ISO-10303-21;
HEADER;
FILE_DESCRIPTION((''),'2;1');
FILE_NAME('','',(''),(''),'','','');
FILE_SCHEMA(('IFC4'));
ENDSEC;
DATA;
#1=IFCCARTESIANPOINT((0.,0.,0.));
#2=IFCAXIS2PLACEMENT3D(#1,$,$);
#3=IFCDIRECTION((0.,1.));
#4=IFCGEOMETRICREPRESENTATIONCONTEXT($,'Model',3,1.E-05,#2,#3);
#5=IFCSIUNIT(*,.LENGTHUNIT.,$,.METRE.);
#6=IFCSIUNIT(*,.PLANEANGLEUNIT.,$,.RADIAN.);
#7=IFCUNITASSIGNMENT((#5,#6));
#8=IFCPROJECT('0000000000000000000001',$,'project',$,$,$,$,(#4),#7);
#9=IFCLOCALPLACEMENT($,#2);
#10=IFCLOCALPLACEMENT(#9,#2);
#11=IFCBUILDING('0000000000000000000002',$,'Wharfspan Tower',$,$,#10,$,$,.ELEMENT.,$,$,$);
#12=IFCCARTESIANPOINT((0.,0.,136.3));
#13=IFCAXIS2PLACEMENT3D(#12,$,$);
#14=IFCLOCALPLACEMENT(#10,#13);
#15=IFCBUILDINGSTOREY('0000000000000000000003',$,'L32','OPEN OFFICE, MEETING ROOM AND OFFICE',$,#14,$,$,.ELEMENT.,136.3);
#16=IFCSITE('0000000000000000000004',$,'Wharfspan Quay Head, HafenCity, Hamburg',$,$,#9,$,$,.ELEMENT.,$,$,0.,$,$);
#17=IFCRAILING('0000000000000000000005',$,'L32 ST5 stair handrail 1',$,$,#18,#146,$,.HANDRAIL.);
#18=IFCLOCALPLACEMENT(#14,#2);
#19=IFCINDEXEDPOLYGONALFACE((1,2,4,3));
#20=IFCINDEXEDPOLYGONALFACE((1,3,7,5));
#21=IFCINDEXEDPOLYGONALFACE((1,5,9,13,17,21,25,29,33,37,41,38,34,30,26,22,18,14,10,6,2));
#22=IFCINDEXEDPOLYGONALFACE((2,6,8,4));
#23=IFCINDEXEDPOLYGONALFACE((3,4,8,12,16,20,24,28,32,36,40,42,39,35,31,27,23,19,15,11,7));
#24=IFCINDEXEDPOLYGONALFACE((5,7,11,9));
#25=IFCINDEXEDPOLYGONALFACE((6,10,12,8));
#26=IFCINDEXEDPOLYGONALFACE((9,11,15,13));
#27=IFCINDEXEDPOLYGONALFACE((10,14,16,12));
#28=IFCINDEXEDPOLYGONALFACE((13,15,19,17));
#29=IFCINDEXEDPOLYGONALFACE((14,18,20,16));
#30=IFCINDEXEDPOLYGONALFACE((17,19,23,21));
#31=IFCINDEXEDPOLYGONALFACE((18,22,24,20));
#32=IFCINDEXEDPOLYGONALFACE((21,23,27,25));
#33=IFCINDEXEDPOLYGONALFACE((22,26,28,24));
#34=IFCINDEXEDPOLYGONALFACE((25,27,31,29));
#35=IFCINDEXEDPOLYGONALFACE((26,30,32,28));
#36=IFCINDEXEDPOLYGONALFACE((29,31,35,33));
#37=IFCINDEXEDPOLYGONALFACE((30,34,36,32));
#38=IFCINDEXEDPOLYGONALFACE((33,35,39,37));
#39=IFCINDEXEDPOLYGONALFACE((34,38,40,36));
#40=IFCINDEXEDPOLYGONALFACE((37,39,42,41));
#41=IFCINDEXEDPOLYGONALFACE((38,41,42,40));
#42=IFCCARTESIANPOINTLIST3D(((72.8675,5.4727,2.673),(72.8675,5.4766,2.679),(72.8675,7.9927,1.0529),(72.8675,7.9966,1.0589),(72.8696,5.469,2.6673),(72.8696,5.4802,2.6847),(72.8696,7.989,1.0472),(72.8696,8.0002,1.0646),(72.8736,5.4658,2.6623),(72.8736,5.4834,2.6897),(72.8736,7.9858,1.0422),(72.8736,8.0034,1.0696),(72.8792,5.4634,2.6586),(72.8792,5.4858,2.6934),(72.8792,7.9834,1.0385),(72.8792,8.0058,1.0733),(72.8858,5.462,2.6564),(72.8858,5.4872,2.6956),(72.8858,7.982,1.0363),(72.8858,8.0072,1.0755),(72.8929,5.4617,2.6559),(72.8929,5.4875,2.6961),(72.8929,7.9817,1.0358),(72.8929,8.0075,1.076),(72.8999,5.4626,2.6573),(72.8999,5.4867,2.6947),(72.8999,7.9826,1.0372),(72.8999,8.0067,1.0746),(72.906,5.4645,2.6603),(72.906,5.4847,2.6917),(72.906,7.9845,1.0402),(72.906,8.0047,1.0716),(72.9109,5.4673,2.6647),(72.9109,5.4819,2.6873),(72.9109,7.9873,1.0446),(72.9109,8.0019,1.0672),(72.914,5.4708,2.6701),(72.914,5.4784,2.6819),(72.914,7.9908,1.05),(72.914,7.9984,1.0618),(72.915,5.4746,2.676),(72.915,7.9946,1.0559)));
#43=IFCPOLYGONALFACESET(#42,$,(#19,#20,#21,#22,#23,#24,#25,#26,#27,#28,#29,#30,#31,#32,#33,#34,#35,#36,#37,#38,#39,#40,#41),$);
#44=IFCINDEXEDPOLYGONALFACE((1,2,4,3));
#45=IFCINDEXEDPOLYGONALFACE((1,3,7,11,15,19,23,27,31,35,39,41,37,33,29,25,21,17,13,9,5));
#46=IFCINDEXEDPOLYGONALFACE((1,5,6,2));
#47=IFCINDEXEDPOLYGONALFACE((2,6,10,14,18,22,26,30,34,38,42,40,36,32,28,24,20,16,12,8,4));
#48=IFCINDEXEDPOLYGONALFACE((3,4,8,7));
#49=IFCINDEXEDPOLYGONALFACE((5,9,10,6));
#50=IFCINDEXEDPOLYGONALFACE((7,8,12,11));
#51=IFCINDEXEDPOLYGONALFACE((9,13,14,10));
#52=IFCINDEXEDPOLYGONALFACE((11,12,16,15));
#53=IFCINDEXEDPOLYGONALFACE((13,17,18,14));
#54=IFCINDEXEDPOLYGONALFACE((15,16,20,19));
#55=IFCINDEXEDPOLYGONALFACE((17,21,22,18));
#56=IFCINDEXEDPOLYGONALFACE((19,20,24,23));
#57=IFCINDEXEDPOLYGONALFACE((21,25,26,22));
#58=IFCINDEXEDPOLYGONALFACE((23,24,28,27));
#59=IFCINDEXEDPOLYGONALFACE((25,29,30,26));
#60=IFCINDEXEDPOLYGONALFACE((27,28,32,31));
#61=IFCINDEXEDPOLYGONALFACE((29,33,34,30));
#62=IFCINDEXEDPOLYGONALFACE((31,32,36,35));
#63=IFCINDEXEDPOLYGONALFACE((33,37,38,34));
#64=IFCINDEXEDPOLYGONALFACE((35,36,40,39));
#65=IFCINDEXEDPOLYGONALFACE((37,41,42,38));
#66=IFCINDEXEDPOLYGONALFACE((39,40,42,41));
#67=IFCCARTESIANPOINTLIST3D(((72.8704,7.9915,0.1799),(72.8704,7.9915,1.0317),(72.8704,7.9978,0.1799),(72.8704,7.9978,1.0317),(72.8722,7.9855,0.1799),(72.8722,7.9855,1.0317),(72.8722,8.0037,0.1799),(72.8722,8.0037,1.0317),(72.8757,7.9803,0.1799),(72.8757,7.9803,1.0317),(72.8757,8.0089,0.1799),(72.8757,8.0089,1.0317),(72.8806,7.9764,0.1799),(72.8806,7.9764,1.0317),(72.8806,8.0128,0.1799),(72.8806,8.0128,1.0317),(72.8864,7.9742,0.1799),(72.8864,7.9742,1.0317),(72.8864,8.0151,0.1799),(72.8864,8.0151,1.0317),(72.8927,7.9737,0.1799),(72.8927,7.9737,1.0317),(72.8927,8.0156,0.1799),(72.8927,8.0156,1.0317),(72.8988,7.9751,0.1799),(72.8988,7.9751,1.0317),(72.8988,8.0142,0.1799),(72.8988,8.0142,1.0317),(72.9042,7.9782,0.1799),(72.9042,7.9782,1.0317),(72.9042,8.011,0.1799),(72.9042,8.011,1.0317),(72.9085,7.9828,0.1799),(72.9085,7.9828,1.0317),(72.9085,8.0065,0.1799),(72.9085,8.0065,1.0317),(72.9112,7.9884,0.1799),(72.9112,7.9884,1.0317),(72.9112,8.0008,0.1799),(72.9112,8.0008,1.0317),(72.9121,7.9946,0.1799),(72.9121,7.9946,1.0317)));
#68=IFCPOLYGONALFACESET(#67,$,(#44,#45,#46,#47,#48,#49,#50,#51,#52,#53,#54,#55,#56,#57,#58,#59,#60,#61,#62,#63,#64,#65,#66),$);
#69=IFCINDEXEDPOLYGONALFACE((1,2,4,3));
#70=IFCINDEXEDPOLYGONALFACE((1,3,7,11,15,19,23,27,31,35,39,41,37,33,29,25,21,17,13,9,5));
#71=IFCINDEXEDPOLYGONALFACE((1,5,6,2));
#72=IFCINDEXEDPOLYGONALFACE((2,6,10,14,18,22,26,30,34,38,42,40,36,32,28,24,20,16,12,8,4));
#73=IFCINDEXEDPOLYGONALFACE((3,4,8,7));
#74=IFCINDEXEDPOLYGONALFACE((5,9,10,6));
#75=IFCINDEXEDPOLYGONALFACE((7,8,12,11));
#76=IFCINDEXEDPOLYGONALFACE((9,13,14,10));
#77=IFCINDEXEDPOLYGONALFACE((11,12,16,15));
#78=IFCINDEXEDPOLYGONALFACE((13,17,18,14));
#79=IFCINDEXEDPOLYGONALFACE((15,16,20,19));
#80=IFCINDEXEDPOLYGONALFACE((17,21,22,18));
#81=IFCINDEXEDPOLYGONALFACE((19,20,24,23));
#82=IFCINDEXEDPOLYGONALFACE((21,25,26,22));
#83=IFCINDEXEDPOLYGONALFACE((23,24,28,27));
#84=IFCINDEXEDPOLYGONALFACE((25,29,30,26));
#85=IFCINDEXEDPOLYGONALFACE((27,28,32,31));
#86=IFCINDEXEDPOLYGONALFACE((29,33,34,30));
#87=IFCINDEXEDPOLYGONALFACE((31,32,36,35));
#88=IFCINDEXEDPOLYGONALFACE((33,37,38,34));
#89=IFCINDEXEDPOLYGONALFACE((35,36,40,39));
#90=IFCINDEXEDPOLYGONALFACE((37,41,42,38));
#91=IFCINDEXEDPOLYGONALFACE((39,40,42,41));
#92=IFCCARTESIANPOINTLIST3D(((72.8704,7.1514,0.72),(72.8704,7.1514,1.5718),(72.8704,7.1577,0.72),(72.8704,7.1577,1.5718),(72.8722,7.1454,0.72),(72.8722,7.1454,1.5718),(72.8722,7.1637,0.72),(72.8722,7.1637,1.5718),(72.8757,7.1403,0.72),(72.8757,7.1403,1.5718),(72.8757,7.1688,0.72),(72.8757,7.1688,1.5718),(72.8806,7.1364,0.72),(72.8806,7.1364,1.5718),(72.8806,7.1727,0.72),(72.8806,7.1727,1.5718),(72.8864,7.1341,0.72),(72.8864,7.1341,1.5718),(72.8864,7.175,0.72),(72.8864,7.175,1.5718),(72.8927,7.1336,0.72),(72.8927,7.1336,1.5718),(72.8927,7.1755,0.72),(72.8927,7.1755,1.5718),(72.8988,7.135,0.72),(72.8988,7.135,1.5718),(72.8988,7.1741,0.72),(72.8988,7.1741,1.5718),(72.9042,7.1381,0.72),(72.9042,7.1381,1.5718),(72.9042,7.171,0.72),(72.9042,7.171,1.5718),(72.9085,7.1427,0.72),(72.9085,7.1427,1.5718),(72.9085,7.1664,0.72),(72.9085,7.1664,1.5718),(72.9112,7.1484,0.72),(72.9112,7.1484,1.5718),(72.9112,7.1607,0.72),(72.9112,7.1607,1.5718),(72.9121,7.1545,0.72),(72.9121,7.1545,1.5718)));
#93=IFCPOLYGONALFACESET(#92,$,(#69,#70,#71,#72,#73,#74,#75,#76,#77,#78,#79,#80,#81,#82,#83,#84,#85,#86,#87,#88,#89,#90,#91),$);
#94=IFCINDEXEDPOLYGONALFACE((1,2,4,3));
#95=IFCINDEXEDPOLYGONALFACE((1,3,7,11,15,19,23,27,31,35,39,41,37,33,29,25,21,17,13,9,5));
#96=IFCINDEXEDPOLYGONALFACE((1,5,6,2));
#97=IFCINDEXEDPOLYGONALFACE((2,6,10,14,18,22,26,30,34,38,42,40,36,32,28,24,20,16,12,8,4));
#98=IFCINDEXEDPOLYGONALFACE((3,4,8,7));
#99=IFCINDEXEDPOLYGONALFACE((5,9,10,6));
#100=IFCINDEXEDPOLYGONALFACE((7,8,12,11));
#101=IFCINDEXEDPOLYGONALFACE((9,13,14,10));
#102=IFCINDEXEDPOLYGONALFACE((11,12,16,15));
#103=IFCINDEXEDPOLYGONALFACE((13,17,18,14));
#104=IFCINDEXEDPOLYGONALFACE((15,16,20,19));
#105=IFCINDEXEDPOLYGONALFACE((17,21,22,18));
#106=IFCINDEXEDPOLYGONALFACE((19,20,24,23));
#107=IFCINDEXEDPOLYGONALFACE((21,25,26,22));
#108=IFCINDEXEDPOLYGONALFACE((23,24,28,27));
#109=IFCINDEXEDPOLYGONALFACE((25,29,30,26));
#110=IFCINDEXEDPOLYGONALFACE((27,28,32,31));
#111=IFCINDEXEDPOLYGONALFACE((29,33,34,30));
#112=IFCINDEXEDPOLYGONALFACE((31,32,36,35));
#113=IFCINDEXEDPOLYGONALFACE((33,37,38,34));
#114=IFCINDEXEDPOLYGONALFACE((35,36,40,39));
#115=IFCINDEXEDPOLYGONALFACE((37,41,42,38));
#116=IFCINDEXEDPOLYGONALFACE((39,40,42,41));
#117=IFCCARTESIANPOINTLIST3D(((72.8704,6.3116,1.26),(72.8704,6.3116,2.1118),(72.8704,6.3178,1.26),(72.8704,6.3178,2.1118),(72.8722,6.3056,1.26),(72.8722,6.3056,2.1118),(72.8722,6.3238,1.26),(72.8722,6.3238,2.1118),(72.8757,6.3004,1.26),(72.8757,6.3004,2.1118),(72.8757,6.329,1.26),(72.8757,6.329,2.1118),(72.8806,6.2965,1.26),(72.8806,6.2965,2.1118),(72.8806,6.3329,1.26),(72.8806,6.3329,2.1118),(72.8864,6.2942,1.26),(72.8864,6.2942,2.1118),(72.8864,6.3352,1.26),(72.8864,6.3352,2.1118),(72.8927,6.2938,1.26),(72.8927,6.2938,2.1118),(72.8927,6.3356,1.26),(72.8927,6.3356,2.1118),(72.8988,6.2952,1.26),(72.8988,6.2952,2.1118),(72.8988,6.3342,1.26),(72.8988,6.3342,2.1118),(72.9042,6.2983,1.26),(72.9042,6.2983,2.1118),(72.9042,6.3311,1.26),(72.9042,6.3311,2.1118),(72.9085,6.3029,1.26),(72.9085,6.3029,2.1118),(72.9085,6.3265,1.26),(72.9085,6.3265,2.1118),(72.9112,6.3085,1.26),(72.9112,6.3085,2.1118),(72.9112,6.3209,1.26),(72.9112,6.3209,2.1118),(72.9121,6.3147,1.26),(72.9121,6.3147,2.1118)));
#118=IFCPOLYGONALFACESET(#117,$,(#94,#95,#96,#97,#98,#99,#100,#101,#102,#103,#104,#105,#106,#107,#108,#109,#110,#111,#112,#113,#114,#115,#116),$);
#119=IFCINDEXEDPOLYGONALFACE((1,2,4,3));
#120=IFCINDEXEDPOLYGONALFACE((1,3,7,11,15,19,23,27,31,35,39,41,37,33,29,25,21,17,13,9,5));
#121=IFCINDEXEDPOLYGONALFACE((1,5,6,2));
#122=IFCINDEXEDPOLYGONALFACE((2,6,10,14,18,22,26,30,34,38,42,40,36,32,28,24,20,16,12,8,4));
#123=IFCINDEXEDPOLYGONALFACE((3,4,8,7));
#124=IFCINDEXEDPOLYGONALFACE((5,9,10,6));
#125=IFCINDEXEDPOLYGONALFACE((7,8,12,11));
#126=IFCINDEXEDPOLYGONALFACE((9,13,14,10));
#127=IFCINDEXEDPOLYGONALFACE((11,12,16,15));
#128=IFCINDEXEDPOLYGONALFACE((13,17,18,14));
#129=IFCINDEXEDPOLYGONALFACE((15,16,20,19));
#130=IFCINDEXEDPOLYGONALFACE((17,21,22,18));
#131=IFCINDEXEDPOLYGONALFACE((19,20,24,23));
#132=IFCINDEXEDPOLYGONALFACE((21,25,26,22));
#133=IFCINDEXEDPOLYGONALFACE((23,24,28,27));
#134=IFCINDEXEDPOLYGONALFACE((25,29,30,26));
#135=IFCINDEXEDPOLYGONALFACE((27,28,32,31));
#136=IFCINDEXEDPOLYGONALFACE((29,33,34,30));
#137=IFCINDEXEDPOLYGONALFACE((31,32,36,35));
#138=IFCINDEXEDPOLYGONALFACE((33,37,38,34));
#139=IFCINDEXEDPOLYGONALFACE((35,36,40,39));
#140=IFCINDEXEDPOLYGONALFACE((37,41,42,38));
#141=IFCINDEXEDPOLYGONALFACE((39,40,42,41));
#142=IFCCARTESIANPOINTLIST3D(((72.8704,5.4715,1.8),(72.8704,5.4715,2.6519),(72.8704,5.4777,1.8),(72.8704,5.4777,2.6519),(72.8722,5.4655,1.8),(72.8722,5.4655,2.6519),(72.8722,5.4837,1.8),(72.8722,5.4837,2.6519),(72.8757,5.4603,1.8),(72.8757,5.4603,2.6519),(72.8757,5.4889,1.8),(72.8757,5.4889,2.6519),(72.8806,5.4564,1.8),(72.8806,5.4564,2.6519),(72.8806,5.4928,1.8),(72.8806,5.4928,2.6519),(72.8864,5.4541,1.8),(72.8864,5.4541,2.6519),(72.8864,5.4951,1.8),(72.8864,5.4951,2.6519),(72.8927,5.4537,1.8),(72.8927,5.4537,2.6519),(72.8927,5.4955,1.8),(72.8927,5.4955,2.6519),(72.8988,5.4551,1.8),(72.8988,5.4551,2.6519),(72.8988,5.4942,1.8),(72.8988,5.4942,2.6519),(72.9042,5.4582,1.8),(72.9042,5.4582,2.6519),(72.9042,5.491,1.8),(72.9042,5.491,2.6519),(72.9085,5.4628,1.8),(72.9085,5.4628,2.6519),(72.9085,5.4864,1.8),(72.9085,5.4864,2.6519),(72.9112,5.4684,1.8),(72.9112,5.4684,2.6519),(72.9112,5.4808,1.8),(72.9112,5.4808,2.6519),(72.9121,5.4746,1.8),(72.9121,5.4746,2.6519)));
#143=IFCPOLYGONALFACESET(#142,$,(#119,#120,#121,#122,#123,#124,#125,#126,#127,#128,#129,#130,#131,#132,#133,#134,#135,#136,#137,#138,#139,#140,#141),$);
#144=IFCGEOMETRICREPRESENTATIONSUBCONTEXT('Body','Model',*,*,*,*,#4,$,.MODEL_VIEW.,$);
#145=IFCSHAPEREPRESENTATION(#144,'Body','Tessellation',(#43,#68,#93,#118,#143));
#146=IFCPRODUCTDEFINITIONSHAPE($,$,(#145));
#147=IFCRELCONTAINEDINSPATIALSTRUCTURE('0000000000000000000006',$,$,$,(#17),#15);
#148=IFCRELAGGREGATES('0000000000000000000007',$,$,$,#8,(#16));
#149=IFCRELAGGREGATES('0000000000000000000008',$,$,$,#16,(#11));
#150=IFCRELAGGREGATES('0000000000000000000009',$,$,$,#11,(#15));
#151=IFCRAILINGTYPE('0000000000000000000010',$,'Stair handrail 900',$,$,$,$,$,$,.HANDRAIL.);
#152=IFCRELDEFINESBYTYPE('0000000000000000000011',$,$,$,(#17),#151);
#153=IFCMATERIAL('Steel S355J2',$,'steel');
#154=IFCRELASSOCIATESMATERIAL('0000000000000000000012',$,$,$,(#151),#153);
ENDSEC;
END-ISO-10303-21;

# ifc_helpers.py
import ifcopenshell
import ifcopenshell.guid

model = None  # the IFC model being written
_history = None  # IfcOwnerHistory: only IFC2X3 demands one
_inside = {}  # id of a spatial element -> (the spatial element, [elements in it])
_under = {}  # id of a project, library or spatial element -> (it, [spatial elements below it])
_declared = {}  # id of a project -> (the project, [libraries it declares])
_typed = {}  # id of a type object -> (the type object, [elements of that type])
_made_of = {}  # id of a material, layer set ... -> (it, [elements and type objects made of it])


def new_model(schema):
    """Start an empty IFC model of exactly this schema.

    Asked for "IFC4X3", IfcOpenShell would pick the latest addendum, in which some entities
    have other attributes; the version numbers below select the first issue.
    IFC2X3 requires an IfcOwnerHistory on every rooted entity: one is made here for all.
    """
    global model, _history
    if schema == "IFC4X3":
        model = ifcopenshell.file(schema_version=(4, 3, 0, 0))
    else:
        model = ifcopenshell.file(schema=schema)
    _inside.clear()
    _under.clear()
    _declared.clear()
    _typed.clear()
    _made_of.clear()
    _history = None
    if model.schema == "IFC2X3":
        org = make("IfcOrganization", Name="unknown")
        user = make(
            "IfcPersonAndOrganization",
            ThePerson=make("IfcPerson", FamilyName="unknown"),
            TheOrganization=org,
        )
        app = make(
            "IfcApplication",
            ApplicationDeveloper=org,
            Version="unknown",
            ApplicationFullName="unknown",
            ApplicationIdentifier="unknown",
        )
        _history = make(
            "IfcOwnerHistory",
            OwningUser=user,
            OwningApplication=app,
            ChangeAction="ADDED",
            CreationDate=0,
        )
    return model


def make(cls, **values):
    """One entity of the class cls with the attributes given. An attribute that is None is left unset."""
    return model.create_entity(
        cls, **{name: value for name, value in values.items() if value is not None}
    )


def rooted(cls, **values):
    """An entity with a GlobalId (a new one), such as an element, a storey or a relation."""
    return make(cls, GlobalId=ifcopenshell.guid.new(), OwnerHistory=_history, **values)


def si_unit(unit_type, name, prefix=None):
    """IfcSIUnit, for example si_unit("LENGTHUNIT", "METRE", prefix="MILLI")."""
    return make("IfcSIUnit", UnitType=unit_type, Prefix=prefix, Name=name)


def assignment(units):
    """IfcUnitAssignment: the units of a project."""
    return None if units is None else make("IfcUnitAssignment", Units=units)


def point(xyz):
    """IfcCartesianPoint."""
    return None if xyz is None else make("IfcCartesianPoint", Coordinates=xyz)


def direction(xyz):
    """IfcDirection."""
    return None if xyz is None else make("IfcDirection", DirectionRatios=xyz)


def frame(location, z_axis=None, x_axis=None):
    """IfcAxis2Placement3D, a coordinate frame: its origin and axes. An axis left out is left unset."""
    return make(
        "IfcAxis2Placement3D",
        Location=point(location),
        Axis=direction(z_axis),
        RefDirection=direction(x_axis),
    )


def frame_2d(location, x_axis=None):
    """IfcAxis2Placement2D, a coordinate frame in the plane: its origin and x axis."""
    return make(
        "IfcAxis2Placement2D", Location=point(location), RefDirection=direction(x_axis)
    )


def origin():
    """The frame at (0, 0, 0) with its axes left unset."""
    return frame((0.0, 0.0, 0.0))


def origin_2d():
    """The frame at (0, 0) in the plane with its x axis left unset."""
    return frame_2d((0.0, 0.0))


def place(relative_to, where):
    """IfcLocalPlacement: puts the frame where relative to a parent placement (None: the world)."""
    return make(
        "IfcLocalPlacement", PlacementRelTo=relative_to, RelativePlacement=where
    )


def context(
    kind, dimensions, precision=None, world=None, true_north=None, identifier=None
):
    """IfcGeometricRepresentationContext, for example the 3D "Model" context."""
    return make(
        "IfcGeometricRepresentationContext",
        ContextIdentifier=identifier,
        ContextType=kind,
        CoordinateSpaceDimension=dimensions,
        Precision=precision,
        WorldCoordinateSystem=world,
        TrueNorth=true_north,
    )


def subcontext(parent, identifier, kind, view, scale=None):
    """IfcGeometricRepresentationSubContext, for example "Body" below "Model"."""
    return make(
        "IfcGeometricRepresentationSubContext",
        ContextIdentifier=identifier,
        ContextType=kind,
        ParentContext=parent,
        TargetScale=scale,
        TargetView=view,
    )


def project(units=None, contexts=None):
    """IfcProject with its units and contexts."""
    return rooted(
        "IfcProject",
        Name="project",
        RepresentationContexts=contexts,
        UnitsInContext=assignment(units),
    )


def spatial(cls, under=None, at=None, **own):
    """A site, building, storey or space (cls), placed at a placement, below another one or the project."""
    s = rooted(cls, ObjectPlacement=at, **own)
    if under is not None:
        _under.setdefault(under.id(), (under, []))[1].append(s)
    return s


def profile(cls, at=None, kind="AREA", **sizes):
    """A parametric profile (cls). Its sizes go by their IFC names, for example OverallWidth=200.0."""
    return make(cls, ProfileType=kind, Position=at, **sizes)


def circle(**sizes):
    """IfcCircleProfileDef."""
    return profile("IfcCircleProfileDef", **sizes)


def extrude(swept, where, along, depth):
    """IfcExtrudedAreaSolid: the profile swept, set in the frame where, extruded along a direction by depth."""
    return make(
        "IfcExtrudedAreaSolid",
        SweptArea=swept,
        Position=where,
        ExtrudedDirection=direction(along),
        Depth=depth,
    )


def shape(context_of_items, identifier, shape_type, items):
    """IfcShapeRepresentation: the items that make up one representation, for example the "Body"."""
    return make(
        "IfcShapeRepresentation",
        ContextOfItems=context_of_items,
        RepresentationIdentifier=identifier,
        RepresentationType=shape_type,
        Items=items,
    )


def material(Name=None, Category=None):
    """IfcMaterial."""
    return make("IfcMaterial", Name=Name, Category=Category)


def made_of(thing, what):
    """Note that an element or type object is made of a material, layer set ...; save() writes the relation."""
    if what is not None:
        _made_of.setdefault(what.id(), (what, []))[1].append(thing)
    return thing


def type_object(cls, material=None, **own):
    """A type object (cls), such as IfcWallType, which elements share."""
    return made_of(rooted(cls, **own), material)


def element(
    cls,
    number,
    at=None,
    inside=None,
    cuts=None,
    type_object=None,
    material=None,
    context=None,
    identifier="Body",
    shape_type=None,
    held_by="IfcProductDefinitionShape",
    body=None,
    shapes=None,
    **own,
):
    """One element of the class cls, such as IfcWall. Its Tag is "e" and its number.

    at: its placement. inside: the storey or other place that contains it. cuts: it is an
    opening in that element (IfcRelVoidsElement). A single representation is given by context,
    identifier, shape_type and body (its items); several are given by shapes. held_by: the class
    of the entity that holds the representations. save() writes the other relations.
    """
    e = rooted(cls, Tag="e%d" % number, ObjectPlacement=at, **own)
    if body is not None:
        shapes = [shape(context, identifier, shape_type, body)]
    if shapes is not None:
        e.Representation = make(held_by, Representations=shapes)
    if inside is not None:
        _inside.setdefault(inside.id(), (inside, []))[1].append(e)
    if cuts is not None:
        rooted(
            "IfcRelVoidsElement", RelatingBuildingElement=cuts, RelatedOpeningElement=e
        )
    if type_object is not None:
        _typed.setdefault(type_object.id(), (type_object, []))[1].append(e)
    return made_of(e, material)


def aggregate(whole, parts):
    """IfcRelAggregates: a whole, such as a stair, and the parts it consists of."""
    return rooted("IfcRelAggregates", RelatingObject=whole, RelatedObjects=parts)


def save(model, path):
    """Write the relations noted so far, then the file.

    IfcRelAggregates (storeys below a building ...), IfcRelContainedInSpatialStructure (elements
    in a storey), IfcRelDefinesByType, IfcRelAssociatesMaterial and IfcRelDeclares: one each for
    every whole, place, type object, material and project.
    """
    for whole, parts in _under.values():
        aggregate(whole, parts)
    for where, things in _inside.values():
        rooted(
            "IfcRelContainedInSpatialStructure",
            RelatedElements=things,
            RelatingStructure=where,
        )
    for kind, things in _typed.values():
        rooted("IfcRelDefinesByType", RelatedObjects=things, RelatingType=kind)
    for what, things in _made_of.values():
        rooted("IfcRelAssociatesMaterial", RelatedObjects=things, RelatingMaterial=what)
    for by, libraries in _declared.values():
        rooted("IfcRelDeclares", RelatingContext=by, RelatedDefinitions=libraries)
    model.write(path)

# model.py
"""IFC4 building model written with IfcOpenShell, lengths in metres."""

from ifc_helpers import new_model, si_unit, direction, frame, origin, origin_2d, place, context, subcontext, project, spatial, circle, extrude, material, type_object, element, save


model = new_model("IFC4")

# Units and contexts
model_context = context("Model", 3, precision=1e-05, world=origin(), true_north=direction((0.0, 1.0)))
body_context = subcontext(model_context, "Body", "Model", "MODEL_VIEW")
ifc_project = project(units=[si_unit("LENGTHUNIT", "METRE"), si_unit("PLANEANGLEUNIT", "RADIAN")], contexts=[model_context])

# Site, building, storey
site_placement = place(None, origin())
site = spatial("IfcSite", under=ifc_project, at=site_placement, Name="Wharfspan Quay Head, HafenCity, Hamburg", CompositionType="ELEMENT", RefElevation=0.0)
building_placement = place(site_placement, origin())
building = spatial("IfcBuilding", under=site, at=building_placement, Name="Wharfspan Tower", CompositionType="ELEMENT")
storey_placement = place(building_placement, frame((0.0, 0.0, 136.3)))
storey = spatial("IfcBuildingStorey", under=building, at=storey_placement, Name="L32", Description="OPEN OFFICE, MEETING ROOM AND OFFICE", CompositionType="ELEMENT", Elevation=136.3)

# Railing
ifc_material_1 = material(Name="Steel S355J2", Category="steel")
railing_type_1 = type_object("IfcRailingType", Name="Stair handrail 900", PredefinedType="HANDRAIL", material=ifc_material_1)
railing_1_placement = place(storey_placement, frame((72.8911, 7.9946, 0.1799)))
element("IfcRailing", 1, at=railing_1_placement, inside=storey, type_object=railing_type_1, Name="L32 ST5 stair handrail 1", PredefinedType="HANDRAIL", context=body_context, shape_type="SweptSolid", body=[
    extrude(circle(Radius=0.0239, at=origin_2d()), frame((0.0, 0.0, 0.876), z_axis=(0.0, -0.841163, 0.540782), x_axis=(1.0, 0.0, 0.0)), (0.0, 0.0, 1.0), 2.9958),
    extrude(circle(Radius=0.021, at=origin_2d()), origin(), (0.0, 0.0, 1.0), 0.8518),
    extrude(circle(Radius=0.021, at=origin_2d()), frame((0.0, -0.8401, 0.54)), (0.0, 0.0, 1.0), 0.8518),
    extrude(circle(Radius=0.021, at=origin_2d()), frame((0.0, -1.6799, 1.0801)), (0.0, 0.0, 1.0), 0.8518),
    extrude(circle(Radius=0.021, at=origin_2d()), frame((0.0, -2.52, 1.6201)), (0.0, 0.0, 1.0), 0.8518),
])

save(model, "model.ifc")
